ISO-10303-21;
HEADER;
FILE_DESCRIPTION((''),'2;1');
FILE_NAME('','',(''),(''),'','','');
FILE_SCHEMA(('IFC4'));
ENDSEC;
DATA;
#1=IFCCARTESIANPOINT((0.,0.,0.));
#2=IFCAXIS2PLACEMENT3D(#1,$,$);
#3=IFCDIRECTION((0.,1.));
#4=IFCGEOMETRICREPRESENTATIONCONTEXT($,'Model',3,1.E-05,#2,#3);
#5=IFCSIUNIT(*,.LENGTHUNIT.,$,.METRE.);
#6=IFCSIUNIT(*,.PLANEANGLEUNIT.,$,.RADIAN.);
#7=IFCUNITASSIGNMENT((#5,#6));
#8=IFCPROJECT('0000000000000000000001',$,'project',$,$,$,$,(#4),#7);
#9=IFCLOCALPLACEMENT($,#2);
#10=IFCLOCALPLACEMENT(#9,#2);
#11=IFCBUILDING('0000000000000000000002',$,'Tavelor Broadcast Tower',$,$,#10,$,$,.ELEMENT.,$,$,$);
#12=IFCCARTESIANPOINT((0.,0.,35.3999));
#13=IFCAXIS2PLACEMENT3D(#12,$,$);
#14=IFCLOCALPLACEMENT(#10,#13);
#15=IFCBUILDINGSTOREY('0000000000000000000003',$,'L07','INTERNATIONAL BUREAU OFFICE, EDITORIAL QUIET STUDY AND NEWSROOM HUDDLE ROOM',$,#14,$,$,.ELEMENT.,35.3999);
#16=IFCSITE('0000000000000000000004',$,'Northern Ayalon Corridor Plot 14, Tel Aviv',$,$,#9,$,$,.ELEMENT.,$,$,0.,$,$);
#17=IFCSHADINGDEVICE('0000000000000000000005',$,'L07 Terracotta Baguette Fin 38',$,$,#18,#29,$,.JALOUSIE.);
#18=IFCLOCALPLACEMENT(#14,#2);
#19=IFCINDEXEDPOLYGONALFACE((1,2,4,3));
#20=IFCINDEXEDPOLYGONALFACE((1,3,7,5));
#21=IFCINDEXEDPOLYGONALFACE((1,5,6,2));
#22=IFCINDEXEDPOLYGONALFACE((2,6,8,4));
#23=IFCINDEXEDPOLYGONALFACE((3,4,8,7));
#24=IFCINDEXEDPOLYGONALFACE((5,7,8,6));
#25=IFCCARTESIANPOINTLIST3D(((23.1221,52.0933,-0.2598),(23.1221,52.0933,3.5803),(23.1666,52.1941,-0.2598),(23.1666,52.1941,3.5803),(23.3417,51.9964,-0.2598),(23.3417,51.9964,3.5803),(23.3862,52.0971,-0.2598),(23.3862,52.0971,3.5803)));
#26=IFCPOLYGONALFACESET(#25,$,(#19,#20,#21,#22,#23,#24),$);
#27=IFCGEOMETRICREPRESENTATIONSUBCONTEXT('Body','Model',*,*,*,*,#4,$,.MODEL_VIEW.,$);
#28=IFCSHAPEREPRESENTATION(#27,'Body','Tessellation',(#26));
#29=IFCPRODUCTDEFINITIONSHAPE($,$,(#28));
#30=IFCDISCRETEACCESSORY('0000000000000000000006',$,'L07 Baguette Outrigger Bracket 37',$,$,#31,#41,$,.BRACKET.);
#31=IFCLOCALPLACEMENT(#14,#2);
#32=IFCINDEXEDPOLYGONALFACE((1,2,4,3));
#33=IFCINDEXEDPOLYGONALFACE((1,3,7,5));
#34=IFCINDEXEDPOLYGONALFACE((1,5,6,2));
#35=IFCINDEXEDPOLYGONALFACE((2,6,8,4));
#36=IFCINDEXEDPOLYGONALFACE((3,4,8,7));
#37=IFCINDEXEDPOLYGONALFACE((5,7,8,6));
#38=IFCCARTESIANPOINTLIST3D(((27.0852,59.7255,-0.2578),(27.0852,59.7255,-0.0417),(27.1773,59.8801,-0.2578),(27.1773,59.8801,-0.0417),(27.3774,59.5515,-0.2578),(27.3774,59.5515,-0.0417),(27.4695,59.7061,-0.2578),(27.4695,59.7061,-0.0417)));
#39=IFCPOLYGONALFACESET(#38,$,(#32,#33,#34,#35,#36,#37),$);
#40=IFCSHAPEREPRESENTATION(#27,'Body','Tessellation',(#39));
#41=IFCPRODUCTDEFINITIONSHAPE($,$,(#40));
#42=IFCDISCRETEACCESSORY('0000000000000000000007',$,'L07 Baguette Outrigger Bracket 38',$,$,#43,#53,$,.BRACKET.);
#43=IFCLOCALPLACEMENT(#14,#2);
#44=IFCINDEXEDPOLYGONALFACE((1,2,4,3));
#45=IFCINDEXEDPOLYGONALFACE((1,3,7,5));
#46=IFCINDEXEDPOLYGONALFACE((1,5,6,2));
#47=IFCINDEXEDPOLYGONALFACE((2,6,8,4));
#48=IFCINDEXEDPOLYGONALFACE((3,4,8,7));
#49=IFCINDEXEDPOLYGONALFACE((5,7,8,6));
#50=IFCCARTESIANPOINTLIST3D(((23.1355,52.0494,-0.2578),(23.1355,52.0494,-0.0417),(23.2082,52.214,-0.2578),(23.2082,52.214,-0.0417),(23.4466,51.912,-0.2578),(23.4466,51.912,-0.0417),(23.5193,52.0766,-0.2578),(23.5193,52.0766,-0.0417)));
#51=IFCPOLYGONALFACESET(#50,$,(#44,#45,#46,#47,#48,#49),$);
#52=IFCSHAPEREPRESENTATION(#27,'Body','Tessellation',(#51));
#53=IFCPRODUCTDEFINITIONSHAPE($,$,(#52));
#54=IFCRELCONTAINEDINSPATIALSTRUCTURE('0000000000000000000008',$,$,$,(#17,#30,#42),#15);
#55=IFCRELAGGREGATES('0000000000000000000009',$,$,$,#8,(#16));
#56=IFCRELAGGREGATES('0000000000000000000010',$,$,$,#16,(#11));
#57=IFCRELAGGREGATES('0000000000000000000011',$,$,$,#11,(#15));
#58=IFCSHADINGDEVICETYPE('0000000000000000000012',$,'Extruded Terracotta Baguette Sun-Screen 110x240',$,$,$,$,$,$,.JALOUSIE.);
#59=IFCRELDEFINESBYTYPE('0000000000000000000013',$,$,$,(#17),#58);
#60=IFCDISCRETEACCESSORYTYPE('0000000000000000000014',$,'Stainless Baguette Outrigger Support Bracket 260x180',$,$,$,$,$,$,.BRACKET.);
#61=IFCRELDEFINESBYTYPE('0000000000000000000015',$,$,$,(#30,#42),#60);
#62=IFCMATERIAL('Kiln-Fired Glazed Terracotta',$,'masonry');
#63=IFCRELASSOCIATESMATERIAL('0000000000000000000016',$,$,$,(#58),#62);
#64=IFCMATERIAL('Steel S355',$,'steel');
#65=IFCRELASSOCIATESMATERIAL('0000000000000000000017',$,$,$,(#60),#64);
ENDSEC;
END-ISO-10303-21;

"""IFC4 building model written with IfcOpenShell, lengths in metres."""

from ifc_helpers import new_model, si_unit, direction, frame, origin, origin_2d, place, context, subcontext, project, spatial, rectangle, extrude, source, transform, mapped, material, type_object, type_shapes, element, save


model = new_model("IFC4")

# Units and contexts
model_context = context("Model", 3, precision=1e-05, world=origin(), true_north=direction((0.0, 1.0)))
body_context = subcontext(model_context, "Body", "Model", "MODEL_VIEW")
ifc_project = project(units=[si_unit("LENGTHUNIT", "METRE"), si_unit("PLANEANGLEUNIT", "RADIAN")], contexts=[model_context])

# Site, building, storey
site_placement = place(None, origin())
site = spatial("IfcSite", under=ifc_project, at=site_placement, Name="Northern Ayalon Corridor Plot 14, Tel Aviv", CompositionType="ELEMENT", RefElevation=0.0)
building_placement = place(site_placement, origin())
building = spatial("IfcBuilding", under=site, at=building_placement, Name="Tavelor Broadcast Tower", CompositionType="ELEMENT")
storey_placement = place(building_placement, frame((0.0, 0.0, 35.3999)))
storey = spatial("IfcBuildingStorey", under=building, at=storey_placement, Name="L07", Description="INTERNATIONAL BUREAU OFFICE, EDITORIAL QUIET STUDY AND NEWSROOM HUDDLE ROOM", CompositionType="ELEMENT", Elevation=35.3999)

# Shared definitions
ifc_material_1 = material(Name="Steel S355", Category="steel")

# Shading device
ifc_material_2 = material(Name="Kiln-Fired Glazed Terracotta", Category="masonry")
shading_device_type = type_object("IfcShadingDeviceType", Name="Extruded Terracotta Baguette Sun-Screen 110x240", PredefinedType="JALOUSIE", material=ifc_material_2)
shared_shape_1 = source(origin(), body_context, "Body", "SweptSolid", [
    extrude(rectangle(XDim=0.1101, YDim=0.24, at=origin_2d()), origin(), (0.0, 0.0, 1.0), 3.8401),
])
type_shapes(shading_device_type, [shared_shape_1])
for number, where, z_axis, x_axis, name in (
    (1, (23.2542, 52.0952, -0.2598), (0.0, 0.0, 1.0), (-0.404024, -0.914748, 0.0), "L07 Terracotta Baguette Fin 38"),
):
    element("IfcShadingDevice", number, at=place(storey_placement, frame(where, z_axis=z_axis, x_axis=x_axis)), inside=storey, type_object=shading_device_type, Name=name, PredefinedType="JALOUSIE", context=body_context, shape_type="MappedRepresentation", body=[
        mapped(shared_shape_1, transform((0.0, 0.0, 0.0), scale=1.0)),
    ])

# Discrete accessories
discrete_accessory_type = type_object("IfcDiscreteAccessoryType", Name="Stainless Baguette Outrigger Support Bracket 260x180", PredefinedType="BRACKET", material=ifc_material_1)
shared_shape_2 = source(origin(), body_context, "Body", "SweptSolid", [
    extrude(rectangle(XDim=0.1799, YDim=0.3401, at=origin_2d()), origin(), (0.0, 0.0, 1.0), 0.2161),
])
type_shapes(discrete_accessory_type, [shared_shape_2])
for number, where, z_axis, x_axis, name in (
    (2, (27.2773, 59.7158, -0.2578), (0.0, 0.0, 1.0), (-0.511743, -0.859139, 0.0), "L07 Baguette Outrigger Bracket 37"),
    (3, (23.3274, 52.063, -0.2578), (0.0, 0.0, 1.0), (-0.404024, -0.914748, 0.0), "L07 Baguette Outrigger Bracket 38"),
):
    element("IfcDiscreteAccessory", number, at=place(storey_placement, frame(where, z_axis=z_axis, x_axis=x_axis)), inside=storey, type_object=discrete_accessory_type, Name=name, PredefinedType="BRACKET", context=body_context, shape_type="MappedRepresentation", body=[
        mapped(shared_shape_2, transform((0.0, 0.0, 0.0), scale=1.0)),
    ])

save(model, "model.ifc")
